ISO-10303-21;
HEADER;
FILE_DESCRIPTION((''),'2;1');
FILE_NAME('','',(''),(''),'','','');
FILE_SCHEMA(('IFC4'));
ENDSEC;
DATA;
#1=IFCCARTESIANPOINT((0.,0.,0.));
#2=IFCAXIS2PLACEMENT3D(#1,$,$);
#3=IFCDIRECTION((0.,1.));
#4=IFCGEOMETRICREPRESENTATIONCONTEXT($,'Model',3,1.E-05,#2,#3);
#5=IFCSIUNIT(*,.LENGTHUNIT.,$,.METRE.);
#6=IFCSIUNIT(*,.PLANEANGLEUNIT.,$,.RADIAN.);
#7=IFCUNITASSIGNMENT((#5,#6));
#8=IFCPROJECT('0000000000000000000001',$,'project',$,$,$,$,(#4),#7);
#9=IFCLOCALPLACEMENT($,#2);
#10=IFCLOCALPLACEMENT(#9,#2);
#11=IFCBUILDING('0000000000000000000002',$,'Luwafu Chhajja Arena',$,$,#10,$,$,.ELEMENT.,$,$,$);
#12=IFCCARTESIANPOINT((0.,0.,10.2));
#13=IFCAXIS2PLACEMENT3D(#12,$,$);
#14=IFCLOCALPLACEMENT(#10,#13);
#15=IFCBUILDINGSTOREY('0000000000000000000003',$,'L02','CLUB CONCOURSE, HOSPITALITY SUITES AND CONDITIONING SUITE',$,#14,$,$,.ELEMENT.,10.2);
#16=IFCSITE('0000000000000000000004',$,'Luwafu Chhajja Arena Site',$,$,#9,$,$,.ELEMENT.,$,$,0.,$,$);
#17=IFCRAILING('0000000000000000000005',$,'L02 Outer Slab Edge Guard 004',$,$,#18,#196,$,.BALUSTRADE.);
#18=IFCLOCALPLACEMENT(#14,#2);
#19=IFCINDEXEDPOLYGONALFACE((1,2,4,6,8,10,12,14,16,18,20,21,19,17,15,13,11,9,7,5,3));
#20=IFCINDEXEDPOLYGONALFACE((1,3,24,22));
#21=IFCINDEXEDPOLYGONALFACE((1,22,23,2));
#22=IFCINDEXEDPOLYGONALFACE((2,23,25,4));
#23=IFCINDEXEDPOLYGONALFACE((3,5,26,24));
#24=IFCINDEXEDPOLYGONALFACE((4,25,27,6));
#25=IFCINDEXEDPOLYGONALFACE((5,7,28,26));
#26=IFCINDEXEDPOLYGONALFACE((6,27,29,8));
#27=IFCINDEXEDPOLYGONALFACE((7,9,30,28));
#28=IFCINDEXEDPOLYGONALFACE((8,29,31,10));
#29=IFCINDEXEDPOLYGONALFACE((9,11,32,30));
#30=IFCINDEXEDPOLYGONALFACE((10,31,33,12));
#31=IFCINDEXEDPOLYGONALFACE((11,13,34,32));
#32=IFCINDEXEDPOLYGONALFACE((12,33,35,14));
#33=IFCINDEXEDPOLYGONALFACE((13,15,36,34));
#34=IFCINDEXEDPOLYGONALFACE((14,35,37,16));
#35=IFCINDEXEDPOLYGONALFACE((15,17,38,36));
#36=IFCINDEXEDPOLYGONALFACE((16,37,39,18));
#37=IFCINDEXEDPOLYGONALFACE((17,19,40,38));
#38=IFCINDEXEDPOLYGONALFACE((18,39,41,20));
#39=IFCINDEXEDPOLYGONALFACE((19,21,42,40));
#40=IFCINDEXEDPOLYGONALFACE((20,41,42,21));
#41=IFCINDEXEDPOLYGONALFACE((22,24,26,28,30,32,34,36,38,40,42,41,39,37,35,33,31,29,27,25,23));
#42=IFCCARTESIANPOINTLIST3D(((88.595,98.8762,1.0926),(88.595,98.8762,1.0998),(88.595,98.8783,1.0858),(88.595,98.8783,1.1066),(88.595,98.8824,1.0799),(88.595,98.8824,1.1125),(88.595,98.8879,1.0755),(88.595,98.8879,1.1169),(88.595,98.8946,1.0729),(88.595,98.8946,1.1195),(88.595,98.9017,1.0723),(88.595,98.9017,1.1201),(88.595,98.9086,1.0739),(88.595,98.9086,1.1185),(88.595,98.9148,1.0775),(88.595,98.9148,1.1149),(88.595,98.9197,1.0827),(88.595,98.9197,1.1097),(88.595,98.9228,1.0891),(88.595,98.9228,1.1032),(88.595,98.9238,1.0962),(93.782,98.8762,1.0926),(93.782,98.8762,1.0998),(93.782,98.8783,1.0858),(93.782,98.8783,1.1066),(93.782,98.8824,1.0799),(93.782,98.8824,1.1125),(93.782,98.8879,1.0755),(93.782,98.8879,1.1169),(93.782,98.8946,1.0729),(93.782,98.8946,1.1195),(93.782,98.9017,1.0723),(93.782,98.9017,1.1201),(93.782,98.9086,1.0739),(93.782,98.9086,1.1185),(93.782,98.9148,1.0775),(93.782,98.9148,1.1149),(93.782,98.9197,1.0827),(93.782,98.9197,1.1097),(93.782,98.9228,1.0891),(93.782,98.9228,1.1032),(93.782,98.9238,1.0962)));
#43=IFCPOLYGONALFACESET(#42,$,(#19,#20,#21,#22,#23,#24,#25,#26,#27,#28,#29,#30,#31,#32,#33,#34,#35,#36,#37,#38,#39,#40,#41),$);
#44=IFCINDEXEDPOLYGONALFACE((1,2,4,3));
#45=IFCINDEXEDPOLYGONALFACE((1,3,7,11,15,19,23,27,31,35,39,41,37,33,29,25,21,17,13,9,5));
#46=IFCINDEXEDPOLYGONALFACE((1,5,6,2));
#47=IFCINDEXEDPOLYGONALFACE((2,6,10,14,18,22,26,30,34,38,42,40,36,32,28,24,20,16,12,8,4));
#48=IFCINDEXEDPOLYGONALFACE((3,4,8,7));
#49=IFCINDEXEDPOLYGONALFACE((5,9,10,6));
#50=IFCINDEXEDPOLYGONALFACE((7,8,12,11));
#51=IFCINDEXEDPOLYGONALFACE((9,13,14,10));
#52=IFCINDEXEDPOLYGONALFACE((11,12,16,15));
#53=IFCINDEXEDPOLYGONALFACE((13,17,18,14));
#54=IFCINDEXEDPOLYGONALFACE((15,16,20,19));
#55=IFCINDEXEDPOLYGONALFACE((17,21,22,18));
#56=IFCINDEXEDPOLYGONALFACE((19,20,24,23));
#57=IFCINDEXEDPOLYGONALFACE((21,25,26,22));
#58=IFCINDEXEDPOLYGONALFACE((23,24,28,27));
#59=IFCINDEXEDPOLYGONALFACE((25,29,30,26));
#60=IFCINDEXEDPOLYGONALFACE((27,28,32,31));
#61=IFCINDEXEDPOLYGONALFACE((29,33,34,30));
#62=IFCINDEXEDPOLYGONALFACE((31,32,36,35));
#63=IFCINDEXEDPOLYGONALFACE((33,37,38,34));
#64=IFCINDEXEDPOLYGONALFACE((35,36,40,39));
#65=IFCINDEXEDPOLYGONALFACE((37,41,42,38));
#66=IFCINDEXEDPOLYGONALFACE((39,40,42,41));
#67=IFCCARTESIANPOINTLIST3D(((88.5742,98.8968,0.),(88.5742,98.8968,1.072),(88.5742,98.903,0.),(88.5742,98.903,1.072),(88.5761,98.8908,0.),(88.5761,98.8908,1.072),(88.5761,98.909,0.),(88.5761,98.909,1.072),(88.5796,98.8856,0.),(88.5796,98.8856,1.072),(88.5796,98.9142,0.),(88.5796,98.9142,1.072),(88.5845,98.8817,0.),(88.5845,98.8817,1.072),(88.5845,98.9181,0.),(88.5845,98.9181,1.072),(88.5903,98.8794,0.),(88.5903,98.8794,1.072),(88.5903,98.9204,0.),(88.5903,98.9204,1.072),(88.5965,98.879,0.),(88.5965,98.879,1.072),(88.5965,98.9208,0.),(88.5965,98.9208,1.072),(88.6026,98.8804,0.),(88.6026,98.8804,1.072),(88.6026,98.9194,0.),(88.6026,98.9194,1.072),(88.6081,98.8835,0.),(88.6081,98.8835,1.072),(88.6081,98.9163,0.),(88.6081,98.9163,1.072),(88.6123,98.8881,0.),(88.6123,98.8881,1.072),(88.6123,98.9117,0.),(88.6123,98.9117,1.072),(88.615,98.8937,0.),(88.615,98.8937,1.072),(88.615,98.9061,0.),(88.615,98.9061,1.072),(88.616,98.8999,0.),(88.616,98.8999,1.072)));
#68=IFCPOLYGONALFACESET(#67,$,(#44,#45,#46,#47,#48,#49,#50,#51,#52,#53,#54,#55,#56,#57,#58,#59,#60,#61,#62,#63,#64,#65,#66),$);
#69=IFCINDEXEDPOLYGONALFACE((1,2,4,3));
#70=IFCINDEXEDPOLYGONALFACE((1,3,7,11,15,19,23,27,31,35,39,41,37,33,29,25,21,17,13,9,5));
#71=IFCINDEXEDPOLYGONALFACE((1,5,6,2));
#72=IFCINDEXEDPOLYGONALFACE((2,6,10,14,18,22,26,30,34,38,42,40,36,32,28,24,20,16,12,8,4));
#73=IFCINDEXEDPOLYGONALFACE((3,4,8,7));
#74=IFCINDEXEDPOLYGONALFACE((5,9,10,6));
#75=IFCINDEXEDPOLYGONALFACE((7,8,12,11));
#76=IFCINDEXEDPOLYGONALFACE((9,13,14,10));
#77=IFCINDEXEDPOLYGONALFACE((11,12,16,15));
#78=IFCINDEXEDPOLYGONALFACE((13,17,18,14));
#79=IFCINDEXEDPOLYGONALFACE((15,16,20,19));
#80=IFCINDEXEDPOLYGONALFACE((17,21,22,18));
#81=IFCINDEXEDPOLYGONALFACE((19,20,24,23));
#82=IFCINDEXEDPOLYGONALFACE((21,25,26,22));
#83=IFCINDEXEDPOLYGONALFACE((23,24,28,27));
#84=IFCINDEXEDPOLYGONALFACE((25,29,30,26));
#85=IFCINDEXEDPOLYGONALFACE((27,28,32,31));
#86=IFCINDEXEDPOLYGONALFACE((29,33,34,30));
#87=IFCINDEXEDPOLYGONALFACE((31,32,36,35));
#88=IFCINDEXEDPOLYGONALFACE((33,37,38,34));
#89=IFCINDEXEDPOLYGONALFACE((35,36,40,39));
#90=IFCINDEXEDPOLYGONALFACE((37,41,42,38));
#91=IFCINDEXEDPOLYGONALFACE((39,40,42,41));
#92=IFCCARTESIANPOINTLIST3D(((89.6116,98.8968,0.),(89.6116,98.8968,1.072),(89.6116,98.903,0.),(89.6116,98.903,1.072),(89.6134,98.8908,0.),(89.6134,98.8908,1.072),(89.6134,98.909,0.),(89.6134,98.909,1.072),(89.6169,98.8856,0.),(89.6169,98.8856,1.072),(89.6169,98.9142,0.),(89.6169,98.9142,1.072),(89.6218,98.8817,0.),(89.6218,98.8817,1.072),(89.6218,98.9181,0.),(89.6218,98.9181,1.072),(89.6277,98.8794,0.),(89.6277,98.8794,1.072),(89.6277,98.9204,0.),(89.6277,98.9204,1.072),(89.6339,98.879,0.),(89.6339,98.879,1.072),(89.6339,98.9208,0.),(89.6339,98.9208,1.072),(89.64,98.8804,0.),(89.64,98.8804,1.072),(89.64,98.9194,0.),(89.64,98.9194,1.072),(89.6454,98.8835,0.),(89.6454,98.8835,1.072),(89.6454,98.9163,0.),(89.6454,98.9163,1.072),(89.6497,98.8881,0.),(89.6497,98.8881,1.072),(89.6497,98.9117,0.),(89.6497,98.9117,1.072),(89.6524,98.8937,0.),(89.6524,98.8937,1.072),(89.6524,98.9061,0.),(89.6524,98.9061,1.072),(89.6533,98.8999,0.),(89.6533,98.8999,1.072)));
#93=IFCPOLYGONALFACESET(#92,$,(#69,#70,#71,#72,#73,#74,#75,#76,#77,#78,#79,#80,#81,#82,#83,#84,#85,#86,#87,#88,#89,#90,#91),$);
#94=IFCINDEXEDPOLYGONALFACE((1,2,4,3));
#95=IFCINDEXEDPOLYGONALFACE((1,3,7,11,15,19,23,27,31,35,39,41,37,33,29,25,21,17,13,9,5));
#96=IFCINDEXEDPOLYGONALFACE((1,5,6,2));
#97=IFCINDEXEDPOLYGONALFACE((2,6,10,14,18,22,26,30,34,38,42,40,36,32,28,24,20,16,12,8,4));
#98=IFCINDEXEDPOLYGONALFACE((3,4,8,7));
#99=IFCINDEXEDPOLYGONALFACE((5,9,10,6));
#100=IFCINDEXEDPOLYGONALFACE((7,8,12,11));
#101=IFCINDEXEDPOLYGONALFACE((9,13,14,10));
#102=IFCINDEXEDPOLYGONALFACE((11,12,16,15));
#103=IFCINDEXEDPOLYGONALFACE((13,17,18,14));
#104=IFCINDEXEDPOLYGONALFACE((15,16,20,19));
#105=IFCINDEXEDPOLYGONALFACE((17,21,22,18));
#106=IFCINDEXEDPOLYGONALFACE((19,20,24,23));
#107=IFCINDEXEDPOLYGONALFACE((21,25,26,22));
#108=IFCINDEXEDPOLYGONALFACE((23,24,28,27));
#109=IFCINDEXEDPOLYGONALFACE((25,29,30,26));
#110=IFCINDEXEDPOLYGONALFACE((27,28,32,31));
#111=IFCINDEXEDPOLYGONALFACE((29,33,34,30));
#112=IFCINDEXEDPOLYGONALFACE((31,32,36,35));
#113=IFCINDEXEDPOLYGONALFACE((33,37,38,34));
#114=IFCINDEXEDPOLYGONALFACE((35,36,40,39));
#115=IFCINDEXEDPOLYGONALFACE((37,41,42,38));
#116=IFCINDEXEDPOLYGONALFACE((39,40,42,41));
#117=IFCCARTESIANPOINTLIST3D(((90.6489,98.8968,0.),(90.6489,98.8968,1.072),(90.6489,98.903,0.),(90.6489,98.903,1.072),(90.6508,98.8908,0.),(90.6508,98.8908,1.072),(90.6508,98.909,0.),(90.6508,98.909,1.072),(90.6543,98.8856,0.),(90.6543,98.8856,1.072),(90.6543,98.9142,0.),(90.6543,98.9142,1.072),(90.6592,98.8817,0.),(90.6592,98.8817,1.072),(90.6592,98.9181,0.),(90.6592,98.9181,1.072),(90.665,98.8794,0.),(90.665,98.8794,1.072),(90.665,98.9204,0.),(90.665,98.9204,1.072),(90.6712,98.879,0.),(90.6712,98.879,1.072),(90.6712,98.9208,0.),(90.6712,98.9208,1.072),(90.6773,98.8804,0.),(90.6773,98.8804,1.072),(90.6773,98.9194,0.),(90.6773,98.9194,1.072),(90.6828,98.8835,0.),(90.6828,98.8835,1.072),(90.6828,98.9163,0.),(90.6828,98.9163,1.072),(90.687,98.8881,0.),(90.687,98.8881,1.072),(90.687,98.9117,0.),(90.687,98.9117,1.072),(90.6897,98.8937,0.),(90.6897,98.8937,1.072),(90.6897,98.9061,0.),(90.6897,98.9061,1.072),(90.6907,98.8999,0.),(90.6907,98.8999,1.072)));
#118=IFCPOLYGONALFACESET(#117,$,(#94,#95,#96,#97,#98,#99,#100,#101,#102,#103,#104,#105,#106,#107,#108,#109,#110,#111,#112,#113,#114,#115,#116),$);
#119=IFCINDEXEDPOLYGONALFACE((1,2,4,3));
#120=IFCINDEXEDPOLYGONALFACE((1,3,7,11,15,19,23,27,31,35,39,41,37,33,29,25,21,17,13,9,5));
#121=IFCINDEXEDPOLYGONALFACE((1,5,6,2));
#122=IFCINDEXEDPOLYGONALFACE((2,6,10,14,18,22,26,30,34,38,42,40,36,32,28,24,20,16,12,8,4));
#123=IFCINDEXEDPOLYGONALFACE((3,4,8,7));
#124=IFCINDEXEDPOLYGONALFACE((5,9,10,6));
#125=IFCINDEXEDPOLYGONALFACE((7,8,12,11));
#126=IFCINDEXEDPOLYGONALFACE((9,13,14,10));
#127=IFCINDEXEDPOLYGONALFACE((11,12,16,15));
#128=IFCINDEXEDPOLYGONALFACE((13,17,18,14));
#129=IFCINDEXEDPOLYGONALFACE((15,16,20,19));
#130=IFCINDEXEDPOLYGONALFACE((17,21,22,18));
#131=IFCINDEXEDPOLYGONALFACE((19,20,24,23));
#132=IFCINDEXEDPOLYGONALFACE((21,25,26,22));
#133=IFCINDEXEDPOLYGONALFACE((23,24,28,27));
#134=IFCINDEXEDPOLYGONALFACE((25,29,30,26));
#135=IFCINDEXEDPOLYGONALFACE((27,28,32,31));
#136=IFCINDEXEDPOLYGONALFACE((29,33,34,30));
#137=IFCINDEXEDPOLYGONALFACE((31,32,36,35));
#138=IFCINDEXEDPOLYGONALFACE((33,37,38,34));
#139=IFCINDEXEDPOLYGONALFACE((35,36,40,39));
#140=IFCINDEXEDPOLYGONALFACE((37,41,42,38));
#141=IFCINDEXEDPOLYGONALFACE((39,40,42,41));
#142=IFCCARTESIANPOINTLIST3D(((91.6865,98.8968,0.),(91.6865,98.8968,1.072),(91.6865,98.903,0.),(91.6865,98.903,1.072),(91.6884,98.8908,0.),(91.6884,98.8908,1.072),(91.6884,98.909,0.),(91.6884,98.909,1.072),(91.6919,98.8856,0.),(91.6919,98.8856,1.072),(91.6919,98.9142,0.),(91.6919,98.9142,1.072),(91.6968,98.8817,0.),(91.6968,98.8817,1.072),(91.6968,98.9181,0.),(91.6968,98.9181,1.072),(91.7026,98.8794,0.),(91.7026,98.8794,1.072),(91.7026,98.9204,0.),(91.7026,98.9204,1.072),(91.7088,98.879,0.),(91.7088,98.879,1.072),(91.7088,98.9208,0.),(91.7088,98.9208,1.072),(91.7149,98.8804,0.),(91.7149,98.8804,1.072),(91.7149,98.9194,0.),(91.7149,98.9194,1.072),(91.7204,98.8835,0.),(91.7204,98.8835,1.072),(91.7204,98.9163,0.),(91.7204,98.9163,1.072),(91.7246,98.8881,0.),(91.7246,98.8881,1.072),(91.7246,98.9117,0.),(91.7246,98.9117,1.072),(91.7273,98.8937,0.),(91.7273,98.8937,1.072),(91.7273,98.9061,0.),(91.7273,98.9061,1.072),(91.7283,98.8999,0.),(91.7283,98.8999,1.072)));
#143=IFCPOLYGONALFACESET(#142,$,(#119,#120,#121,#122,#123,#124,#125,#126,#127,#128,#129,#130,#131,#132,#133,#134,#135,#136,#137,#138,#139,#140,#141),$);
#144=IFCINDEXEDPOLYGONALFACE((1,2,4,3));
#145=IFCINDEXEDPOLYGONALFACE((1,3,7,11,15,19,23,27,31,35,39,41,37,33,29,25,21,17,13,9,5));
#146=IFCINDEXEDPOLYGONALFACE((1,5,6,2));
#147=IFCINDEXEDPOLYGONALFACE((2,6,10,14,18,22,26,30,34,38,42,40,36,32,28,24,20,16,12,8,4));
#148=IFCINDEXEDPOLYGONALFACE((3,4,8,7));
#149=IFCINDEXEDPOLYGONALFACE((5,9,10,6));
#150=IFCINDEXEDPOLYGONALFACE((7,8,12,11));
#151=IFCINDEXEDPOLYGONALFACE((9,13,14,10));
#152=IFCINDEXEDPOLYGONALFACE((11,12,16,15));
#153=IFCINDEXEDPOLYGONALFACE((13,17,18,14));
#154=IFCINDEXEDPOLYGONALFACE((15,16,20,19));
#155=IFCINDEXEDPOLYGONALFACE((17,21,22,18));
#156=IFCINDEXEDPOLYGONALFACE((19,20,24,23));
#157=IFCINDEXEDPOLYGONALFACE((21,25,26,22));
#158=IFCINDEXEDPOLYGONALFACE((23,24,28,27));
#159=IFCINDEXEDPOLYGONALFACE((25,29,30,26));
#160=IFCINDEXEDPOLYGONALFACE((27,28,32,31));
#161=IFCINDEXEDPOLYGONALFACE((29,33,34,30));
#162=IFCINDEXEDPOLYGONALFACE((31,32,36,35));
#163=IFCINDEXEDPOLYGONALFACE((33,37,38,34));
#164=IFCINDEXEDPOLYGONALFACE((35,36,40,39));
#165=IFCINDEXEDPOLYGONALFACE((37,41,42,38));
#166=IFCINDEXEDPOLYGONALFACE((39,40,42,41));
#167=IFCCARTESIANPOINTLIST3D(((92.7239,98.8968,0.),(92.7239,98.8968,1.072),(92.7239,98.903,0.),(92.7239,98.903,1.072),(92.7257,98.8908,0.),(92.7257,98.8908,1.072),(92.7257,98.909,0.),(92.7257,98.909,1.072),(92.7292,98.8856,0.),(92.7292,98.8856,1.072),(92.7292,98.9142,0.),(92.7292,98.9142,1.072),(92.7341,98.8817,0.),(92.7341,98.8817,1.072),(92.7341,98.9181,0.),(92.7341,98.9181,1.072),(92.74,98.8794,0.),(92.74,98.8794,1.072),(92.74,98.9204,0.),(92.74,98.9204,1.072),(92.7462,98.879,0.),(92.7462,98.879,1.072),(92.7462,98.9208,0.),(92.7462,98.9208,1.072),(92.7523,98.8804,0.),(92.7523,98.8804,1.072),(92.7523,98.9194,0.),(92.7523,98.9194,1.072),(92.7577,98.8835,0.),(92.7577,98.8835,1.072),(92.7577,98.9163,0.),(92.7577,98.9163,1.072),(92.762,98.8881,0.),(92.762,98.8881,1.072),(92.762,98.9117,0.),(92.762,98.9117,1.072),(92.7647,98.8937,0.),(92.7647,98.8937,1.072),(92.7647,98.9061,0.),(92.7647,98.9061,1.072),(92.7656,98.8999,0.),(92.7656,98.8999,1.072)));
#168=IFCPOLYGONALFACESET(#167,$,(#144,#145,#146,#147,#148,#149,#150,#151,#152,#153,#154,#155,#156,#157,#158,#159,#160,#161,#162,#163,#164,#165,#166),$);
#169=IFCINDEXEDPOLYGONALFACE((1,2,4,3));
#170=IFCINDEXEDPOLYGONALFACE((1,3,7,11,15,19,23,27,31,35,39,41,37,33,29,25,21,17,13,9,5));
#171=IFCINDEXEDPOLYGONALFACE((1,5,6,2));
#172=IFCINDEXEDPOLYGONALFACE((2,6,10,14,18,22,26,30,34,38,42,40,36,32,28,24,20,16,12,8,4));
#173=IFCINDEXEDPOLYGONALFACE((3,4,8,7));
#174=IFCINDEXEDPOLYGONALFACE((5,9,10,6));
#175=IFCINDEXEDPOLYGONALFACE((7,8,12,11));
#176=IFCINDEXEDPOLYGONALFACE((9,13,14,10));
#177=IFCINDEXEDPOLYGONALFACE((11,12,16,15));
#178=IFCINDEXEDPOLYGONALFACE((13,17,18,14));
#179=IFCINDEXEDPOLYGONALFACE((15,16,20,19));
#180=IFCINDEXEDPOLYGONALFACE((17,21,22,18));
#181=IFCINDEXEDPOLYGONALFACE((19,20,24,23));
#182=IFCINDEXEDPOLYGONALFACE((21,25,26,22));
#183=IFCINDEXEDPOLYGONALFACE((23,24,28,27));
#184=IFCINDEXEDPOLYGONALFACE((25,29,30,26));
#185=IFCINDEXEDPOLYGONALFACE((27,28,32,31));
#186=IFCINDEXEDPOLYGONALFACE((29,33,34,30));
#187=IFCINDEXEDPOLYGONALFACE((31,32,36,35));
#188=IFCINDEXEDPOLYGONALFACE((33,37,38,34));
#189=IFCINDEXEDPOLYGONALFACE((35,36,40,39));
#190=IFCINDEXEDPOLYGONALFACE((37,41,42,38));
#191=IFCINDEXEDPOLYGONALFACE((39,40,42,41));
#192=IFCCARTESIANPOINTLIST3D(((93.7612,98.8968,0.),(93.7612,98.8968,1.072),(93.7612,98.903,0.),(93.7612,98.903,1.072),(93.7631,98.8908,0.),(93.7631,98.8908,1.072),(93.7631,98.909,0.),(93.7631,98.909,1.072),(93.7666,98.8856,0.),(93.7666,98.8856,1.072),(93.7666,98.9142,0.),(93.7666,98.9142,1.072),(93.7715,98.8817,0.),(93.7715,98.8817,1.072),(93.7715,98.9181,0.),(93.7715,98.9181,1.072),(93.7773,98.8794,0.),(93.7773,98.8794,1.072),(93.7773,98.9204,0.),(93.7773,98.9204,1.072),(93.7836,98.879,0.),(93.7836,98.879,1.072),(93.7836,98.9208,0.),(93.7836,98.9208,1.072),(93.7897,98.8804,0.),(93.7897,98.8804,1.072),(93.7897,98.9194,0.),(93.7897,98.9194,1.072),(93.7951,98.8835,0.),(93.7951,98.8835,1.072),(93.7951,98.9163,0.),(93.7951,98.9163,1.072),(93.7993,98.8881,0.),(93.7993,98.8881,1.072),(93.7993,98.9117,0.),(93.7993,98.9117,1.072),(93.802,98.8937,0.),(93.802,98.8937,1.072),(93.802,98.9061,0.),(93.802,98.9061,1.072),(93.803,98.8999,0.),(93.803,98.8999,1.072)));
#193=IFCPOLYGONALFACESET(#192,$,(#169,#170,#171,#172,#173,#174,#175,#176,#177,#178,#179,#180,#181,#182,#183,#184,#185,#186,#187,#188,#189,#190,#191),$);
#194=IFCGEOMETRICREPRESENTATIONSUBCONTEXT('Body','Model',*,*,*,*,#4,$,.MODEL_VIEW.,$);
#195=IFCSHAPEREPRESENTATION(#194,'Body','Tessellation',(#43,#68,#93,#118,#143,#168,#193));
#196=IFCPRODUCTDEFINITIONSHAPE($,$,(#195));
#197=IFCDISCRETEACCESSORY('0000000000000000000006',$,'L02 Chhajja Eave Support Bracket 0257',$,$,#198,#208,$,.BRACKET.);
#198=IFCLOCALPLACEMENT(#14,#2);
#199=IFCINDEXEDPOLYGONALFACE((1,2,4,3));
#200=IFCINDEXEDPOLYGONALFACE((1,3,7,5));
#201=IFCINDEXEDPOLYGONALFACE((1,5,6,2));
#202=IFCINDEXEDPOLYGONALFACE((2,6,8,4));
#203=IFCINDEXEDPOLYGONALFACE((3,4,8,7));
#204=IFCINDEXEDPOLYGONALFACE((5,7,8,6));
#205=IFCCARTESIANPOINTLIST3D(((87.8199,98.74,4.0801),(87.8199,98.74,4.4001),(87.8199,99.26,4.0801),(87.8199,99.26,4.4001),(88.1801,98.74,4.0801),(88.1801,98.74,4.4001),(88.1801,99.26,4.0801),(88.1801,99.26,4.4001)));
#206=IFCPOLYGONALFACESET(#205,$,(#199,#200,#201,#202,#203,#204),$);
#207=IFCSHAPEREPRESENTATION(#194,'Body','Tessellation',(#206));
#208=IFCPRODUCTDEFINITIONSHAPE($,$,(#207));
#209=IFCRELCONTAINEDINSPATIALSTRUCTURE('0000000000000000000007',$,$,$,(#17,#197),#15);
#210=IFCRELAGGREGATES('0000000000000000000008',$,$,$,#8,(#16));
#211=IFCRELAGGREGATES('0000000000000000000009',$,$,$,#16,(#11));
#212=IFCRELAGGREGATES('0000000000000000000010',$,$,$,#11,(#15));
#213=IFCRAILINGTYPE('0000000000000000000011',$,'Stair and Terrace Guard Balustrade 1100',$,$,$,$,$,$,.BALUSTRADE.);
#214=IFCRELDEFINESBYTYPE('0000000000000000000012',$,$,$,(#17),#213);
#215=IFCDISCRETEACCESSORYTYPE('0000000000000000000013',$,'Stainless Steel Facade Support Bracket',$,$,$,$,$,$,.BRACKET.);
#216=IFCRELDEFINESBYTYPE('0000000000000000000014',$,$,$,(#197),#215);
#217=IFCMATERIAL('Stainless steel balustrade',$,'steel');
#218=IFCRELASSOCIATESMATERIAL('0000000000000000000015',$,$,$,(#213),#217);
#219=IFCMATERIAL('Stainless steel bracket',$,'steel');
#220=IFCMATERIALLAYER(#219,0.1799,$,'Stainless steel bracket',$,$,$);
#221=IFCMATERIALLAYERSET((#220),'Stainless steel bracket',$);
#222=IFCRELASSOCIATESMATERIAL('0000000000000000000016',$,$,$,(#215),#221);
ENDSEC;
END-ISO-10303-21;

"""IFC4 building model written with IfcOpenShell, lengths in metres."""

from ifc_helpers import new_model, si_unit, direction, frame, origin, origin_2d, place, context, subcontext, project, spatial, rectangle, circle, extrude, material, layer, layer_set, type_object, element, save


model = new_model("IFC4")

# Units and contexts
model_context = context("Model", 3, precision=1e-05, world=origin(), true_north=direction((0.0, 1.0)))
body_context = subcontext(model_context, "Body", "Model", "MODEL_VIEW")
ifc_project = project(units=[si_unit("LENGTHUNIT", "METRE"), si_unit("PLANEANGLEUNIT", "RADIAN")], contexts=[model_context])

# Site, building, storey
site_placement = place(None, origin())
site = spatial("IfcSite", under=ifc_project, at=site_placement, Name="Luwafu Chhajja Arena Site", CompositionType="ELEMENT", RefElevation=0.0)
building_placement = place(site_placement, origin())
building = spatial("IfcBuilding", under=site, at=building_placement, Name="Luwafu Chhajja Arena", CompositionType="ELEMENT")
storey_placement = place(building_placement, frame((0.0, 0.0, 10.2)))
storey = spatial("IfcBuildingStorey", under=building, at=storey_placement, Name="L02", Description="CLUB CONCOURSE, HOSPITALITY SUITES AND CONDITIONING SUITE", CompositionType="ELEMENT", Elevation=10.2)

# Railing
ifc_material_1 = material(Name="Stainless steel balustrade", Category="steel")
railing_type = type_object("IfcRailingType", Name="Stair and Terrace Guard Balustrade 1100", PredefinedType="BALUSTRADE", material=ifc_material_1)
railing_1_placement = place(storey_placement, frame((88.595, 98.8999, 0.0)))
element("IfcRailing", 1, at=railing_1_placement, inside=storey, type_object=railing_type, Name="L02 Outer Slab Edge Guard 004", PredefinedType="BALUSTRADE", context=body_context, shape_type="SweptSolid", body=[
    extrude(circle(Radius=0.0239, at=origin_2d()), frame((0.0, 0.0, 1.0962), z_axis=(1.0, 0.0, 0.0), x_axis=(0.0, 1.0, 0.0)), (0.0, 0.0, 1.0), 5.187),
    extrude(circle(Radius=0.021, at=origin_2d()), origin(), (0.0, 0.0, 1.0), 1.072),
    extrude(circle(Radius=0.021, at=origin_2d()), frame((1.0374, 0.0, 0.0)), (0.0, 0.0, 1.0), 1.072),
    extrude(circle(Radius=0.021, at=origin_2d()), frame((2.0747, 0.0, 0.0)), (0.0, 0.0, 1.0), 1.072),
    extrude(circle(Radius=0.021, at=origin_2d()), frame((3.1123, 0.0, 0.0)), (0.0, 0.0, 1.0), 1.072),
    extrude(circle(Radius=0.021, at=origin_2d()), frame((4.1497, 0.0, 0.0)), (0.0, 0.0, 1.0), 1.072),
    extrude(circle(Radius=0.021, at=origin_2d()), frame((5.187, 0.0, 0.0)), (0.0, 0.0, 1.0), 1.072),
])

# Discrete accessory
ifc_material_2 = material(Name="Stainless steel bracket", Category="steel")
ifc_layer_1 = layer(ifc_material_2, 0.1799, Name="Stainless steel bracket")
ifc_layer_set_1 = layer_set([ifc_layer_1], Name="Stainless steel bracket")
discrete_accessory_type = type_object("IfcDiscreteAccessoryType", Name="Stainless Steel Facade Support Bracket", PredefinedType="BRACKET", material=ifc_layer_set_1)
for number, where, z_axis, x_axis, name in (
    (2, (88.0, 99.0, 4.0801), (0.0, 0.0, 1.0), (1.0, 0.0, 0.0), "L02 Chhajja Eave Support Bracket 0257"),
):
    element("IfcDiscreteAccessory", number, at=place(storey_placement, frame(where, z_axis=z_axis, x_axis=x_axis)), inside=storey, type_object=discrete_accessory_type, Name=name, PredefinedType="BRACKET", context=body_context, shape_type="SweptSolid", body=[
        extrude(rectangle(XDim=0.3601, YDim=0.52, at=origin_2d()), origin(), (0.0, 0.0, 1.0), 0.3201),
    ])

save(model, "model.ifc")
